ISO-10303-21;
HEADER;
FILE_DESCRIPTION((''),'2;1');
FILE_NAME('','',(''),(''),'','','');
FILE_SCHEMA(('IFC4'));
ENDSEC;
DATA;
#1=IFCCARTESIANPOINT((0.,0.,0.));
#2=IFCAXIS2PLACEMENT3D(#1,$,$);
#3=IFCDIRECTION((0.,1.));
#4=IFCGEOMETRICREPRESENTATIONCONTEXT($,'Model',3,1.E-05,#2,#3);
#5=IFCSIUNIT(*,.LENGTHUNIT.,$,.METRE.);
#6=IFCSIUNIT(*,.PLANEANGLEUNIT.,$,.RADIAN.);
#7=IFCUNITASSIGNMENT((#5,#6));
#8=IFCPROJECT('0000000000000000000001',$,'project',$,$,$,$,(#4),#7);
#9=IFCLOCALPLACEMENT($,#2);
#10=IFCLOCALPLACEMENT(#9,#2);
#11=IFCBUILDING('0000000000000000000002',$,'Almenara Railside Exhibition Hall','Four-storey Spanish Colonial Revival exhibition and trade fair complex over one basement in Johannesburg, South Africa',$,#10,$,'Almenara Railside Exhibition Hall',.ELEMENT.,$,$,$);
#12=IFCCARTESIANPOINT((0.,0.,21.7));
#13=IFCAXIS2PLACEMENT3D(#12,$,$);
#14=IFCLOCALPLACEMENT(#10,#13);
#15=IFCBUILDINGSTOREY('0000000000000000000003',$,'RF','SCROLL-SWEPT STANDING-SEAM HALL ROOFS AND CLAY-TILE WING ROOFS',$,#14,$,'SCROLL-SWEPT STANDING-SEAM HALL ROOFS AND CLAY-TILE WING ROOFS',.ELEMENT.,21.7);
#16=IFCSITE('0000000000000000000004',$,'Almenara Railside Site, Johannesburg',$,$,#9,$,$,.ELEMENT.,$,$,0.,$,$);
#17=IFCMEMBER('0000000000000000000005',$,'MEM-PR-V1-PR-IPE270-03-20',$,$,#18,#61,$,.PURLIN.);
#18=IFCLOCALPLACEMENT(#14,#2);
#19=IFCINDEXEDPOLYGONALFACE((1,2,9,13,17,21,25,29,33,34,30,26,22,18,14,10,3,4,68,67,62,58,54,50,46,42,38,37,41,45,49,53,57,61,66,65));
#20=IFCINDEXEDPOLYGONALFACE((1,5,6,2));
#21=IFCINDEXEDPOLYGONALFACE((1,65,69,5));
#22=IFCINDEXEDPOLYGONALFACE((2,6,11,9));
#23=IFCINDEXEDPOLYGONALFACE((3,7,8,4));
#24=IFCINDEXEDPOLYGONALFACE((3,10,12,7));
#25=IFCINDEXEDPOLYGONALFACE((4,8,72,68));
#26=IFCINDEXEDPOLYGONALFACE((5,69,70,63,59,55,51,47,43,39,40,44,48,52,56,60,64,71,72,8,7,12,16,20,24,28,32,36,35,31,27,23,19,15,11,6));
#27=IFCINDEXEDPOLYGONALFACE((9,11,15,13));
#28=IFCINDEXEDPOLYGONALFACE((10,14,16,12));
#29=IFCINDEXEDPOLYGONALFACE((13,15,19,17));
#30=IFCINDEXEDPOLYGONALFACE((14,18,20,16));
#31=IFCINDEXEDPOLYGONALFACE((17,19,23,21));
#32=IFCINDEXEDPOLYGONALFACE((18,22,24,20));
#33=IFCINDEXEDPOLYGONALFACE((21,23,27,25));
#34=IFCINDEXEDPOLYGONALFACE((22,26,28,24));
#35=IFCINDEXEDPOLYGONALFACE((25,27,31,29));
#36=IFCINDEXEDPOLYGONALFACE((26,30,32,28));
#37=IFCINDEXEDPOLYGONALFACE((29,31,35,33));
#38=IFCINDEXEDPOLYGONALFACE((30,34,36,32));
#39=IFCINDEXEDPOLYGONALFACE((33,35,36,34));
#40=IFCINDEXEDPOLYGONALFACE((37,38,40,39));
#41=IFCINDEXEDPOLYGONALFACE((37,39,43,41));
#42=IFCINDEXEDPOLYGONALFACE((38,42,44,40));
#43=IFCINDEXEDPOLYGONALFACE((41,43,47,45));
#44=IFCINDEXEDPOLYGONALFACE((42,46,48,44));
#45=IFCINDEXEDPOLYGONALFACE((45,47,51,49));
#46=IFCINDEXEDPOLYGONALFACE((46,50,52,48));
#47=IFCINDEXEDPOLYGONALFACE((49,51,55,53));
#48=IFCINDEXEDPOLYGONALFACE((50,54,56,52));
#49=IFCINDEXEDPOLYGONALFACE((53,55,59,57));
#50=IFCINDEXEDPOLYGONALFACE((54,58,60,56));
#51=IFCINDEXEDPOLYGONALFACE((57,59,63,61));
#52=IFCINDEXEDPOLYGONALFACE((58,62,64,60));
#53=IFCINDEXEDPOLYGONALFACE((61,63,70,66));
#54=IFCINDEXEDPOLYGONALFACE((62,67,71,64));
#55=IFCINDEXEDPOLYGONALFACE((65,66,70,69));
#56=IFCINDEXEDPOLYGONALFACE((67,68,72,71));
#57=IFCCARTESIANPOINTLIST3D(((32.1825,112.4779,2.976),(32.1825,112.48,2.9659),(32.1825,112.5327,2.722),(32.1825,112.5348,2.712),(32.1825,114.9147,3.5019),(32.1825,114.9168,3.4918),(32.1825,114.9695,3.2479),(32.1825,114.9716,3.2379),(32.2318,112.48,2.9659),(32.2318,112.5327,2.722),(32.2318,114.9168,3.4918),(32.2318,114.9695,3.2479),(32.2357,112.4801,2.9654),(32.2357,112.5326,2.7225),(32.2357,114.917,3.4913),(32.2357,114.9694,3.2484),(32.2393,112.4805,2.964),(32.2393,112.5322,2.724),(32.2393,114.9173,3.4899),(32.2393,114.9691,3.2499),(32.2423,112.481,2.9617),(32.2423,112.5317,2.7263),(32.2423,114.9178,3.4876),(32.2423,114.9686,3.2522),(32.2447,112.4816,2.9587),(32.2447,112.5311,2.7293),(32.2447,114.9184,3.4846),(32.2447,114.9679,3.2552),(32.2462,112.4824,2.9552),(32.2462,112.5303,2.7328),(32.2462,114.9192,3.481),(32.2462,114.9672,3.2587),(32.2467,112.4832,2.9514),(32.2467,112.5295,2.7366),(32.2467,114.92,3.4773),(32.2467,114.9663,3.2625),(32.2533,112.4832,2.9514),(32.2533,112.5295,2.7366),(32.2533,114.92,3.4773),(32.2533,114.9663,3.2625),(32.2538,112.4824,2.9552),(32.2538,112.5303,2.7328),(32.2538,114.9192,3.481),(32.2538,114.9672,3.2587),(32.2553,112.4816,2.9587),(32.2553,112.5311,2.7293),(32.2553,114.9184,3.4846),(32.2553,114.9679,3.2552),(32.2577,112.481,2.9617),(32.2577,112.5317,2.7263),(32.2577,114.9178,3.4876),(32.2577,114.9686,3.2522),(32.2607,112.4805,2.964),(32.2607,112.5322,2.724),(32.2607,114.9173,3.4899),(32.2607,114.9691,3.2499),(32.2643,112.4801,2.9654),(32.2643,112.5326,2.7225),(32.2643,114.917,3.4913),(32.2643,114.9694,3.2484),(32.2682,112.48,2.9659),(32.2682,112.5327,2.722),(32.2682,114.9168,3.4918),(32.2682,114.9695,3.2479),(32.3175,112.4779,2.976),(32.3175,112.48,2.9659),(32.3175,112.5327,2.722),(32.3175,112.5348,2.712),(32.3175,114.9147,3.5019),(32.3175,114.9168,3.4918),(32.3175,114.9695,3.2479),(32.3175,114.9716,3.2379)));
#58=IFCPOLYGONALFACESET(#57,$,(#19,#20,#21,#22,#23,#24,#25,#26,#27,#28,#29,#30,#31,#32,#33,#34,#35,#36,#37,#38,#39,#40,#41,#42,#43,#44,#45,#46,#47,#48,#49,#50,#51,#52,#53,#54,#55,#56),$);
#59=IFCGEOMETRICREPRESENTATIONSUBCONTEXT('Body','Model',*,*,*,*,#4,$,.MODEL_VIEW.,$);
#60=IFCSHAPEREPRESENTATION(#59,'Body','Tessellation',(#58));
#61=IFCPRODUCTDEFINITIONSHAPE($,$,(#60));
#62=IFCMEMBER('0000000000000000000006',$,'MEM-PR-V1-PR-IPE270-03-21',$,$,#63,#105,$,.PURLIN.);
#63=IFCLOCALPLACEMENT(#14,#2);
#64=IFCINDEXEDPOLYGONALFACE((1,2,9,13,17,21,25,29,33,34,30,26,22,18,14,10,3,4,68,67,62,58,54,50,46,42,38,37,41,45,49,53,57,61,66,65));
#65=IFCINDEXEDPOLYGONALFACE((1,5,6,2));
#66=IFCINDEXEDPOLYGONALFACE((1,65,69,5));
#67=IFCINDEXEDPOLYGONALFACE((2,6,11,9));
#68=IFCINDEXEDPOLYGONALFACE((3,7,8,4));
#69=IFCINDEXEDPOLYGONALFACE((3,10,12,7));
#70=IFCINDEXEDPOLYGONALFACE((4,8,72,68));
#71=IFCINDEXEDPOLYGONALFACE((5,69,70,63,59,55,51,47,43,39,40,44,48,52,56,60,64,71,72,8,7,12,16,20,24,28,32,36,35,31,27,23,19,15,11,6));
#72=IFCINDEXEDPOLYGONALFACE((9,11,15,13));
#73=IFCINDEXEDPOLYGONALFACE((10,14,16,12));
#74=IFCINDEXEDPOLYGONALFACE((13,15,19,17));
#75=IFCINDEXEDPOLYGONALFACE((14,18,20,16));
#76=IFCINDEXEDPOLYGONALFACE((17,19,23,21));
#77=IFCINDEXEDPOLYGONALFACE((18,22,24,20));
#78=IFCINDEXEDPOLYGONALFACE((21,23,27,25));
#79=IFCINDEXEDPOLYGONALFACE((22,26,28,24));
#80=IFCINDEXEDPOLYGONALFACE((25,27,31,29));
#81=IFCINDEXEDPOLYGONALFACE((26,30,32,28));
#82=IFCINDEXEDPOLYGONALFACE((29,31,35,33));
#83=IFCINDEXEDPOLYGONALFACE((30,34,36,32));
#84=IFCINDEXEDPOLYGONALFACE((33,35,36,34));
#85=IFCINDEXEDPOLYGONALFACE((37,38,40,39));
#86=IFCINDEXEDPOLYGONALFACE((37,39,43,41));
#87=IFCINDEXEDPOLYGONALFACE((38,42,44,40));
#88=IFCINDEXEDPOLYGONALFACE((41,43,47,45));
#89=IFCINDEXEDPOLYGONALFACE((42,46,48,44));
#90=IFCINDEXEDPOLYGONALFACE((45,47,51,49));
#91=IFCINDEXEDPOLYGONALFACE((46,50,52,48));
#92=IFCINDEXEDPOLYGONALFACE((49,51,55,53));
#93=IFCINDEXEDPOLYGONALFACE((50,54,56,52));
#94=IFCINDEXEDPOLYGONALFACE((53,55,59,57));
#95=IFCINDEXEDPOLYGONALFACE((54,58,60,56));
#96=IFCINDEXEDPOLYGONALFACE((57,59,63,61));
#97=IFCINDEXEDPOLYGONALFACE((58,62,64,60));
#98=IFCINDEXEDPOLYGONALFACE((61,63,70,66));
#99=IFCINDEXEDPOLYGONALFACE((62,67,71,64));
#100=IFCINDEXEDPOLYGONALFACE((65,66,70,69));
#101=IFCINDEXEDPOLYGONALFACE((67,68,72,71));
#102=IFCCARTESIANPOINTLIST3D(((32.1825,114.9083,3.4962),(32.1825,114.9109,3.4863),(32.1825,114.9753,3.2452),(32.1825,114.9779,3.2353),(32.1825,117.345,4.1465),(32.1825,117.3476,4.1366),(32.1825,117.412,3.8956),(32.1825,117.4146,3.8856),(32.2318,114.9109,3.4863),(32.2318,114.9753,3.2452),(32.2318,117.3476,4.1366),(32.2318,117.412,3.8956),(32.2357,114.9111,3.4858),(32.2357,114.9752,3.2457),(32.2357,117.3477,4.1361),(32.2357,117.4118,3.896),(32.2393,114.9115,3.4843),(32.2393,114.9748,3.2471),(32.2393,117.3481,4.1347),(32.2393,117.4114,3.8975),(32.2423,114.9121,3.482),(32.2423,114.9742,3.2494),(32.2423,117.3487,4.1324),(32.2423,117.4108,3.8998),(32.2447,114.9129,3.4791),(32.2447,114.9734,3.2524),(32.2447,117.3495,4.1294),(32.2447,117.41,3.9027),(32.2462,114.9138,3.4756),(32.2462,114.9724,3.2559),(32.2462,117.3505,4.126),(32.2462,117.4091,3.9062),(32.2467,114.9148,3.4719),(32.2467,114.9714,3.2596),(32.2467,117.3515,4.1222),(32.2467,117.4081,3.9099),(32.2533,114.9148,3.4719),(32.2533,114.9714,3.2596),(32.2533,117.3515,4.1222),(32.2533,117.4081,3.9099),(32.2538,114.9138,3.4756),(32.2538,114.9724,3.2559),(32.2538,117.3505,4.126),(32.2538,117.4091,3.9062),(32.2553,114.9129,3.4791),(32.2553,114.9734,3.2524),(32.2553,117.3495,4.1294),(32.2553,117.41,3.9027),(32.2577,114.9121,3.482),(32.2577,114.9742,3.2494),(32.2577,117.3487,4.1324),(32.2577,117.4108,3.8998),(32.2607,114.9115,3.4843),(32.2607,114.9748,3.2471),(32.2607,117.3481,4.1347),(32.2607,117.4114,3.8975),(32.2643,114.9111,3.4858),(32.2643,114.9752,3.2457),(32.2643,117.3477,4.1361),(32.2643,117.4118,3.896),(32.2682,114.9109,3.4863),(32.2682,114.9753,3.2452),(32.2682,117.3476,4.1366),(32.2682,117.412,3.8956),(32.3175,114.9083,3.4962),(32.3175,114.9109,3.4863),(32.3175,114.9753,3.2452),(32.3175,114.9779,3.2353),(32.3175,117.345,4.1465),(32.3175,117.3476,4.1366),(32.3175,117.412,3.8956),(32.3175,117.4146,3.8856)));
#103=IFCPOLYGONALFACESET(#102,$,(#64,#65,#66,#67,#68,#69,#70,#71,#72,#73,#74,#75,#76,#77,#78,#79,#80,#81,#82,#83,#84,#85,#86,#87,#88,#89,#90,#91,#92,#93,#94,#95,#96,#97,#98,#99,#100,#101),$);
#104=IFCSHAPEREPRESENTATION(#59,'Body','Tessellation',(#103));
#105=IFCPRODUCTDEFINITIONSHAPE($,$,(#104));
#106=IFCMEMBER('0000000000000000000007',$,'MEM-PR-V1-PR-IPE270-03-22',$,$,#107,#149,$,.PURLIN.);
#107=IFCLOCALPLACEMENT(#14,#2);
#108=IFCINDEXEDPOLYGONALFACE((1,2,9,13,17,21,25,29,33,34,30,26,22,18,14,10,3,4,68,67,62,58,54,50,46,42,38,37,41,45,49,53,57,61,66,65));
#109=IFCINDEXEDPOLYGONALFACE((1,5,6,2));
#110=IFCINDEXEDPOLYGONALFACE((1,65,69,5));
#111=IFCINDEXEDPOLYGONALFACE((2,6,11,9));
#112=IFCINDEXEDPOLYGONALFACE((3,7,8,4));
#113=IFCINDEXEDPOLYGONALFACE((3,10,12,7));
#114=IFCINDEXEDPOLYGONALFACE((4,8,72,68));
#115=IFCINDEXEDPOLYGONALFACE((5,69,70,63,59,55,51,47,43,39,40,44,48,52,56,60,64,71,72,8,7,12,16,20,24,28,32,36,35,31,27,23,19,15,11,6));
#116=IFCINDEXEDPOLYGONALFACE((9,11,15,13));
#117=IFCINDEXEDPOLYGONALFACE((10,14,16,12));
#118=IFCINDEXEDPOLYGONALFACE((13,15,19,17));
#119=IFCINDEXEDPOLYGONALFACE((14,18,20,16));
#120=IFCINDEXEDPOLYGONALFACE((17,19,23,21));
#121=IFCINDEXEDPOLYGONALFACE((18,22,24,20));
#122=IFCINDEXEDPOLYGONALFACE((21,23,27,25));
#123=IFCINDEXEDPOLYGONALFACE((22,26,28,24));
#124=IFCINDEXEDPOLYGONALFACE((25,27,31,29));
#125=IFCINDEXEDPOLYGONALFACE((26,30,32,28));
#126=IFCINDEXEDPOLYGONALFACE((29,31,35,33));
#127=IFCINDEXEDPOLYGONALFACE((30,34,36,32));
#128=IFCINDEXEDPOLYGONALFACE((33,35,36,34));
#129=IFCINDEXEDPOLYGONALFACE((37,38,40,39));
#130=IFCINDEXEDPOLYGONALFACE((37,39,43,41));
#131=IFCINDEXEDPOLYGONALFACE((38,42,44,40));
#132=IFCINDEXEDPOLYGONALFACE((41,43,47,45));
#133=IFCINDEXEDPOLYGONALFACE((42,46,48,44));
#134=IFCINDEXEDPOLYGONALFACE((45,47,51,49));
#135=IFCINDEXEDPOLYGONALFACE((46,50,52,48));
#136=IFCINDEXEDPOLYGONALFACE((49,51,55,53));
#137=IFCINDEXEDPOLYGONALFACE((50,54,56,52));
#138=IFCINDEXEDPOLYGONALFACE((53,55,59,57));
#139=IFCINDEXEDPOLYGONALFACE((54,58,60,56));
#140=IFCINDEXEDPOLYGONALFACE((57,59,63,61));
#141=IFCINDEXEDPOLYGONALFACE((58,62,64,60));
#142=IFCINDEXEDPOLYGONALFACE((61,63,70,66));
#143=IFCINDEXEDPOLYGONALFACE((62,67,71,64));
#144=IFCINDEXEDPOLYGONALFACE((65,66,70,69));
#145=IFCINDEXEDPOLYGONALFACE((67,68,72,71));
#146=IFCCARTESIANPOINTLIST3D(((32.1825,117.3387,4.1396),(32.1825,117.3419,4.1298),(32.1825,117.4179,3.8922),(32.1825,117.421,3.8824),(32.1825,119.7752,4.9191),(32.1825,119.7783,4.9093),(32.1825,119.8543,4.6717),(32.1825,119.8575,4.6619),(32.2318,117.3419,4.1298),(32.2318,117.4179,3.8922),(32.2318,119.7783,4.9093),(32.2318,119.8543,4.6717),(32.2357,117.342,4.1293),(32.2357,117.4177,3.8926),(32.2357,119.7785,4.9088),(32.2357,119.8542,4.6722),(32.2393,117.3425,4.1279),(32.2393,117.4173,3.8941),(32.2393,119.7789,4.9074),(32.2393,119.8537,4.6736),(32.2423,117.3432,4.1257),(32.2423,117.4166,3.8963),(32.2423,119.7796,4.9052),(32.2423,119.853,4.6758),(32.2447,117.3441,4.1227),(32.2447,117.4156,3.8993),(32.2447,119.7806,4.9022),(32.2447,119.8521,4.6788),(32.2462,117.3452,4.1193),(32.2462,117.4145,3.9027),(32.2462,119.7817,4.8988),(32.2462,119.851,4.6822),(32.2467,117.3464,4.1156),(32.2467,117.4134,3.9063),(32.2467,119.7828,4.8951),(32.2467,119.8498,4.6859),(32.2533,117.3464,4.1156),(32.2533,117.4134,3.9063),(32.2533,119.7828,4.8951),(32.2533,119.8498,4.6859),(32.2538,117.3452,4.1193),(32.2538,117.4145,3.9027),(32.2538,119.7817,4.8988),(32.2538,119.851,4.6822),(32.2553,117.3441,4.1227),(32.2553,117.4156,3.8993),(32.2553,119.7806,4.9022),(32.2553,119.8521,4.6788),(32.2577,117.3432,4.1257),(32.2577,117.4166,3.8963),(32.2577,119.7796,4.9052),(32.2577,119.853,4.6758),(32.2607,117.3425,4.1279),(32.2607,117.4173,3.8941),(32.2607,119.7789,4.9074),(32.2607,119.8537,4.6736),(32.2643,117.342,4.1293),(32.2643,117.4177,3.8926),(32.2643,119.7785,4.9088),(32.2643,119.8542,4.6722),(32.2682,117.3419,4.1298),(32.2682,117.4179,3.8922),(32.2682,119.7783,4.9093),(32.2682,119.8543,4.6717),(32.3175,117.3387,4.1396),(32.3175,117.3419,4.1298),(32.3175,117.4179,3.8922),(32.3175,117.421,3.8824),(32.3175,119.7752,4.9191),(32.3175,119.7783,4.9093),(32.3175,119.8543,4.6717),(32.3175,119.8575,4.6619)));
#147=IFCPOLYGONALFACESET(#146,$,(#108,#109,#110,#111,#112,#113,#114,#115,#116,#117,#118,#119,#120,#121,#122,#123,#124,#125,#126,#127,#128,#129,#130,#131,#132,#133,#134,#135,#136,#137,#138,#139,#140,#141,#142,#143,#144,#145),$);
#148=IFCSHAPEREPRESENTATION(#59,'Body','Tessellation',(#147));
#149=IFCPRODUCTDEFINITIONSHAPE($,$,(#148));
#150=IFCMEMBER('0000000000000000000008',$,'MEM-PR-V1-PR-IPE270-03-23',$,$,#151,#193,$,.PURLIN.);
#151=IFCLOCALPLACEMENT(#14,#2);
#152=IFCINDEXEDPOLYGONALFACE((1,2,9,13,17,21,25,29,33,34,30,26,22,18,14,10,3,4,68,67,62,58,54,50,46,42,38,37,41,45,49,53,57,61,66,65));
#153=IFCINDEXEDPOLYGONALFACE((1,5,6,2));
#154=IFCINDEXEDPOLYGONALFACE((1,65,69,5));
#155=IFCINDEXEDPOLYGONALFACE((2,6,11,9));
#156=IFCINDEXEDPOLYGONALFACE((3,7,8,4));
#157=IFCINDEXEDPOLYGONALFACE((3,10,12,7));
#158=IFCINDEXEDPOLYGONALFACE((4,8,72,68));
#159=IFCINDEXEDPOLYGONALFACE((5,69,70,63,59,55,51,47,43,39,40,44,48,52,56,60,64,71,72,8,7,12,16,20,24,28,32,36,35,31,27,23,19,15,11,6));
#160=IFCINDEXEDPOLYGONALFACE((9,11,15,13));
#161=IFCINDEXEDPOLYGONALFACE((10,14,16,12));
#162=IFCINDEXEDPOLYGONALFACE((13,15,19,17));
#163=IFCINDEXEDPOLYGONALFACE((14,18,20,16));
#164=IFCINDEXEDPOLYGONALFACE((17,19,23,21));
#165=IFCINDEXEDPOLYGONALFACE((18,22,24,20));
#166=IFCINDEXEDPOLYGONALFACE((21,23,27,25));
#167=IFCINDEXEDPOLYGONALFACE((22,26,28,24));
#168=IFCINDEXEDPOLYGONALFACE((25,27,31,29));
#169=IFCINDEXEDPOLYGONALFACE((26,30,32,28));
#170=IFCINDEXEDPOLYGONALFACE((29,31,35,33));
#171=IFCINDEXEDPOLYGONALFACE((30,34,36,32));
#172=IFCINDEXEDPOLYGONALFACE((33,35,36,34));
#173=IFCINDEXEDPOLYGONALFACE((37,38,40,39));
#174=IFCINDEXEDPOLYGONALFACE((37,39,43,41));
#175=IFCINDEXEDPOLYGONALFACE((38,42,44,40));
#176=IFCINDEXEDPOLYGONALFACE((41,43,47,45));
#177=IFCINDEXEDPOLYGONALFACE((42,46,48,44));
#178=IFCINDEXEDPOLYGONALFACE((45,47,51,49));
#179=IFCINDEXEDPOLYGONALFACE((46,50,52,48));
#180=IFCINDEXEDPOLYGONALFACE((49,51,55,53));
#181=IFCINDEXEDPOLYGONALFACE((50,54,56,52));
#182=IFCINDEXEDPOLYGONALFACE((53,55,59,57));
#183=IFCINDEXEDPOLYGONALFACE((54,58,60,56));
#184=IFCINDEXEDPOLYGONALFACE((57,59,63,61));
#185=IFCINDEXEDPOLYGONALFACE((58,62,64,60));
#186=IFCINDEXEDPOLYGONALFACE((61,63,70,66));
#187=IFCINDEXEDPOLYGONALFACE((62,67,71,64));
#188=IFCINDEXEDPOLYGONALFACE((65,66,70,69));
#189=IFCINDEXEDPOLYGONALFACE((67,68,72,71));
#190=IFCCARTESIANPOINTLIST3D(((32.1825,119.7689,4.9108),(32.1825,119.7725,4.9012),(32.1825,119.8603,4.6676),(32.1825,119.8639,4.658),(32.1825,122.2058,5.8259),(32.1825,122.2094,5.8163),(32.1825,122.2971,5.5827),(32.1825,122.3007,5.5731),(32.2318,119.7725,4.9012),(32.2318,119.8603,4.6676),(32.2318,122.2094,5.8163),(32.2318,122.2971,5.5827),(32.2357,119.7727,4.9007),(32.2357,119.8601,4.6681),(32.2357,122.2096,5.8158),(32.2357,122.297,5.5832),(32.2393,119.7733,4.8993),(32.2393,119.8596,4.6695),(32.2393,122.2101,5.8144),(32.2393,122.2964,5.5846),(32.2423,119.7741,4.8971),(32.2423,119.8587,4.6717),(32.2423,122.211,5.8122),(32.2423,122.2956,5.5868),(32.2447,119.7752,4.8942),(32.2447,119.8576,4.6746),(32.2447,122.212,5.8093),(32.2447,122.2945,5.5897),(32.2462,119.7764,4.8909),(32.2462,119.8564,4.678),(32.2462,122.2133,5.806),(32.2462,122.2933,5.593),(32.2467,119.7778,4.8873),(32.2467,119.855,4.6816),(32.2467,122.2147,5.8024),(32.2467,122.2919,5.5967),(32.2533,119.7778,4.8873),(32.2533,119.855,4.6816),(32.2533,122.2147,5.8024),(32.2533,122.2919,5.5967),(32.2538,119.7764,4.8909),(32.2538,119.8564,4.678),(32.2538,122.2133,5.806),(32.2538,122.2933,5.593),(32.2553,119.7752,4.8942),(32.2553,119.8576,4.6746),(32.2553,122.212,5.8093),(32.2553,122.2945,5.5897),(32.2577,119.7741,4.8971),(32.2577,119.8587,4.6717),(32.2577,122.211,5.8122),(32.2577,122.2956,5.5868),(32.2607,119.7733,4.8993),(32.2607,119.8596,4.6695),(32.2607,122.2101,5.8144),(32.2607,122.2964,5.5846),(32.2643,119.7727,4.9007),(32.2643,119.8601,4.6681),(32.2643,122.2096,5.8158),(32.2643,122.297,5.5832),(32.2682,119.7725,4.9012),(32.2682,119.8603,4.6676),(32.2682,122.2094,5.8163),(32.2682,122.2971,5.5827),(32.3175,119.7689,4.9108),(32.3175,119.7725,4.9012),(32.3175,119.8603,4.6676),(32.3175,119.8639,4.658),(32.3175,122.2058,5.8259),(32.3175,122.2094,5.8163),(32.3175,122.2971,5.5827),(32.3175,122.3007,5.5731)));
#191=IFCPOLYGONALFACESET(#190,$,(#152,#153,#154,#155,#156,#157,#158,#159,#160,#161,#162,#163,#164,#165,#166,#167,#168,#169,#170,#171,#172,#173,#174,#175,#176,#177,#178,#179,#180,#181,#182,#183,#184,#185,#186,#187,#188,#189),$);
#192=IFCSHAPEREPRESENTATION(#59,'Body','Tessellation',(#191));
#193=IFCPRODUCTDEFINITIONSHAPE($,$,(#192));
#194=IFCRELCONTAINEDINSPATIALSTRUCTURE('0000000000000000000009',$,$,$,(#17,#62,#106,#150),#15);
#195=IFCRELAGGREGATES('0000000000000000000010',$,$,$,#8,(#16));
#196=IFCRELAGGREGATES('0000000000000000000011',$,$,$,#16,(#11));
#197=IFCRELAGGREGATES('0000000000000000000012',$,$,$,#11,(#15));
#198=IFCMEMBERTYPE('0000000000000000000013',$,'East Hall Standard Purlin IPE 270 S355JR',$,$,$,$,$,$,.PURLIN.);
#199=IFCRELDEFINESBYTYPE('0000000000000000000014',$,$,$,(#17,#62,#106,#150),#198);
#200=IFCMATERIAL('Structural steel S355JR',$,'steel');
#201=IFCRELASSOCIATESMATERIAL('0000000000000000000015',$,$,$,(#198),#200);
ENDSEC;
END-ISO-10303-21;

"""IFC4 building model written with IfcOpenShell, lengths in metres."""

from ifc_helpers import new_model, si_unit, direction, frame, origin, origin_2d, place, context, subcontext, project, spatial, i_section, extrude, material, material_profile, profile_set, type_object, element, save


model = new_model("IFC4")

# Units and contexts
model_context = context("Model", 3, precision=1e-05, world=origin(), true_north=direction((0.0, 1.0)))
body_context = subcontext(model_context, "Body", "Model", "MODEL_VIEW")
ifc_project = project(units=[si_unit("LENGTHUNIT", "METRE"), si_unit("PLANEANGLEUNIT", "RADIAN")], contexts=[model_context])

# Site, building, storey
site_placement = place(None, origin())
site = spatial("IfcSite", under=ifc_project, at=site_placement, Name="Almenara Railside Site, Johannesburg", CompositionType="ELEMENT", RefElevation=0.0)
building_placement = place(site_placement, origin())
building = spatial("IfcBuilding", under=site, at=building_placement, Name="Almenara Railside Exhibition Hall", Description="Four-storey Spanish Colonial Revival exhibition and trade fair complex over one basement in Johannesburg, South Africa", LongName="Almenara Railside Exhibition Hall", CompositionType="ELEMENT")
storey_placement = place(building_placement, frame((0.0, 0.0, 21.7)))
storey = spatial("IfcBuildingStorey", under=building, at=storey_placement, Name="RF", Description="SCROLL-SWEPT STANDING-SEAM HALL ROOFS AND CLAY-TILE WING ROOFS", LongName="SCROLL-SWEPT STANDING-SEAM HALL ROOFS AND CLAY-TILE WING ROOFS", CompositionType="ELEMENT", Elevation=21.7)

# Members
ifc_material_1 = material(Name="Structural steel S355JR", Category="steel")
ifc_material_profile_1 = material_profile(ifc_material_1, i_section(OverallWidth=0.135, OverallDepth=0.27, WebThickness=0.0066, FlangeThickness=0.0103, FilletRadius=0.0149, at=origin_2d()), Name="IPE 270")
ifc_profile_set_1 = profile_set([ifc_material_profile_1], Name="Structural steel S355JR")
member_type_1 = type_object("IfcMemberType", Name="East Hall Standard Purlin IPE 270 S355JR", PredefinedType="PURLIN", material=ifc_profile_set_1)
member_1_placement = place(storey_placement, frame((32.25, 112.5063, 2.844), z_axis=(0.0, 0.977496, 0.210953), x_axis=(-1.0, 0.0, 0.0)))
element("IfcMember", 1, at=member_1_placement, inside=storey, type_object=member_type_1, Name="MEM-PR-V1-PR-IPE270-03-20", PredefinedType="PURLIN", context=body_context, shape_type="SweptSolid", body=[
    extrude(i_section(OverallWidth=0.135, OverallDepth=0.27, WebThickness=0.0066, FlangeThickness=0.0103, FilletRadius=0.0149, at=origin_2d()), origin(), (0.0, 0.0, 1.0), 2.4929),
])
member_2_placement = place(storey_placement, frame((32.25, 114.9431, 3.3657), z_axis=(0.0, 0.966177, 0.25788), x_axis=(-1.0, 0.0, 0.0)))
element("IfcMember", 2, at=member_2_placement, inside=storey, type_object=member_type_1, Name="MEM-PR-V1-PR-IPE270-03-21", PredefinedType="PURLIN", context=body_context, shape_type="SweptSolid", body=[
    extrude(i_section(OverallWidth=0.135, OverallDepth=0.27, WebThickness=0.0066, FlangeThickness=0.0103, FilletRadius=0.0149, at=origin_2d()), origin(), (0.0, 0.0, 1.0), 2.522),
])
member_3_placement = place(storey_placement, frame((32.25, 117.3799, 4.011), z_axis=(0.0, 0.952441, 0.304724), x_axis=(-1.0, 0.0, 0.0)))
element("IfcMember", 3, at=member_3_placement, inside=storey, type_object=member_type_1, Name="MEM-PR-V1-PR-IPE270-03-22", PredefinedType="PURLIN", context=body_context, shape_type="SweptSolid", body=[
    extrude(i_section(OverallWidth=0.135, OverallDepth=0.27, WebThickness=0.0066, FlangeThickness=0.0103, FilletRadius=0.0149, at=origin_2d()), origin(), (0.0, 0.0, 1.0), 2.5581),
])
member_4_placement = place(storey_placement, frame((32.25, 119.8164, 4.7844), z_axis=(0.0, 0.936171, 0.351545), x_axis=(-1.0, 0.0, 0.0)))
element("IfcMember", 4, at=member_4_placement, inside=storey, type_object=member_type_1, Name="MEM-PR-V1-PR-IPE270-03-23", PredefinedType="PURLIN", context=body_context, shape_type="SweptSolid", body=[
    extrude(i_section(OverallWidth=0.135, OverallDepth=0.27, WebThickness=0.0066, FlangeThickness=0.0103, FilletRadius=0.0149, at=origin_2d()), origin(), (0.0, 0.0, 1.0), 2.603),
])

save(model, "model.ifc")
